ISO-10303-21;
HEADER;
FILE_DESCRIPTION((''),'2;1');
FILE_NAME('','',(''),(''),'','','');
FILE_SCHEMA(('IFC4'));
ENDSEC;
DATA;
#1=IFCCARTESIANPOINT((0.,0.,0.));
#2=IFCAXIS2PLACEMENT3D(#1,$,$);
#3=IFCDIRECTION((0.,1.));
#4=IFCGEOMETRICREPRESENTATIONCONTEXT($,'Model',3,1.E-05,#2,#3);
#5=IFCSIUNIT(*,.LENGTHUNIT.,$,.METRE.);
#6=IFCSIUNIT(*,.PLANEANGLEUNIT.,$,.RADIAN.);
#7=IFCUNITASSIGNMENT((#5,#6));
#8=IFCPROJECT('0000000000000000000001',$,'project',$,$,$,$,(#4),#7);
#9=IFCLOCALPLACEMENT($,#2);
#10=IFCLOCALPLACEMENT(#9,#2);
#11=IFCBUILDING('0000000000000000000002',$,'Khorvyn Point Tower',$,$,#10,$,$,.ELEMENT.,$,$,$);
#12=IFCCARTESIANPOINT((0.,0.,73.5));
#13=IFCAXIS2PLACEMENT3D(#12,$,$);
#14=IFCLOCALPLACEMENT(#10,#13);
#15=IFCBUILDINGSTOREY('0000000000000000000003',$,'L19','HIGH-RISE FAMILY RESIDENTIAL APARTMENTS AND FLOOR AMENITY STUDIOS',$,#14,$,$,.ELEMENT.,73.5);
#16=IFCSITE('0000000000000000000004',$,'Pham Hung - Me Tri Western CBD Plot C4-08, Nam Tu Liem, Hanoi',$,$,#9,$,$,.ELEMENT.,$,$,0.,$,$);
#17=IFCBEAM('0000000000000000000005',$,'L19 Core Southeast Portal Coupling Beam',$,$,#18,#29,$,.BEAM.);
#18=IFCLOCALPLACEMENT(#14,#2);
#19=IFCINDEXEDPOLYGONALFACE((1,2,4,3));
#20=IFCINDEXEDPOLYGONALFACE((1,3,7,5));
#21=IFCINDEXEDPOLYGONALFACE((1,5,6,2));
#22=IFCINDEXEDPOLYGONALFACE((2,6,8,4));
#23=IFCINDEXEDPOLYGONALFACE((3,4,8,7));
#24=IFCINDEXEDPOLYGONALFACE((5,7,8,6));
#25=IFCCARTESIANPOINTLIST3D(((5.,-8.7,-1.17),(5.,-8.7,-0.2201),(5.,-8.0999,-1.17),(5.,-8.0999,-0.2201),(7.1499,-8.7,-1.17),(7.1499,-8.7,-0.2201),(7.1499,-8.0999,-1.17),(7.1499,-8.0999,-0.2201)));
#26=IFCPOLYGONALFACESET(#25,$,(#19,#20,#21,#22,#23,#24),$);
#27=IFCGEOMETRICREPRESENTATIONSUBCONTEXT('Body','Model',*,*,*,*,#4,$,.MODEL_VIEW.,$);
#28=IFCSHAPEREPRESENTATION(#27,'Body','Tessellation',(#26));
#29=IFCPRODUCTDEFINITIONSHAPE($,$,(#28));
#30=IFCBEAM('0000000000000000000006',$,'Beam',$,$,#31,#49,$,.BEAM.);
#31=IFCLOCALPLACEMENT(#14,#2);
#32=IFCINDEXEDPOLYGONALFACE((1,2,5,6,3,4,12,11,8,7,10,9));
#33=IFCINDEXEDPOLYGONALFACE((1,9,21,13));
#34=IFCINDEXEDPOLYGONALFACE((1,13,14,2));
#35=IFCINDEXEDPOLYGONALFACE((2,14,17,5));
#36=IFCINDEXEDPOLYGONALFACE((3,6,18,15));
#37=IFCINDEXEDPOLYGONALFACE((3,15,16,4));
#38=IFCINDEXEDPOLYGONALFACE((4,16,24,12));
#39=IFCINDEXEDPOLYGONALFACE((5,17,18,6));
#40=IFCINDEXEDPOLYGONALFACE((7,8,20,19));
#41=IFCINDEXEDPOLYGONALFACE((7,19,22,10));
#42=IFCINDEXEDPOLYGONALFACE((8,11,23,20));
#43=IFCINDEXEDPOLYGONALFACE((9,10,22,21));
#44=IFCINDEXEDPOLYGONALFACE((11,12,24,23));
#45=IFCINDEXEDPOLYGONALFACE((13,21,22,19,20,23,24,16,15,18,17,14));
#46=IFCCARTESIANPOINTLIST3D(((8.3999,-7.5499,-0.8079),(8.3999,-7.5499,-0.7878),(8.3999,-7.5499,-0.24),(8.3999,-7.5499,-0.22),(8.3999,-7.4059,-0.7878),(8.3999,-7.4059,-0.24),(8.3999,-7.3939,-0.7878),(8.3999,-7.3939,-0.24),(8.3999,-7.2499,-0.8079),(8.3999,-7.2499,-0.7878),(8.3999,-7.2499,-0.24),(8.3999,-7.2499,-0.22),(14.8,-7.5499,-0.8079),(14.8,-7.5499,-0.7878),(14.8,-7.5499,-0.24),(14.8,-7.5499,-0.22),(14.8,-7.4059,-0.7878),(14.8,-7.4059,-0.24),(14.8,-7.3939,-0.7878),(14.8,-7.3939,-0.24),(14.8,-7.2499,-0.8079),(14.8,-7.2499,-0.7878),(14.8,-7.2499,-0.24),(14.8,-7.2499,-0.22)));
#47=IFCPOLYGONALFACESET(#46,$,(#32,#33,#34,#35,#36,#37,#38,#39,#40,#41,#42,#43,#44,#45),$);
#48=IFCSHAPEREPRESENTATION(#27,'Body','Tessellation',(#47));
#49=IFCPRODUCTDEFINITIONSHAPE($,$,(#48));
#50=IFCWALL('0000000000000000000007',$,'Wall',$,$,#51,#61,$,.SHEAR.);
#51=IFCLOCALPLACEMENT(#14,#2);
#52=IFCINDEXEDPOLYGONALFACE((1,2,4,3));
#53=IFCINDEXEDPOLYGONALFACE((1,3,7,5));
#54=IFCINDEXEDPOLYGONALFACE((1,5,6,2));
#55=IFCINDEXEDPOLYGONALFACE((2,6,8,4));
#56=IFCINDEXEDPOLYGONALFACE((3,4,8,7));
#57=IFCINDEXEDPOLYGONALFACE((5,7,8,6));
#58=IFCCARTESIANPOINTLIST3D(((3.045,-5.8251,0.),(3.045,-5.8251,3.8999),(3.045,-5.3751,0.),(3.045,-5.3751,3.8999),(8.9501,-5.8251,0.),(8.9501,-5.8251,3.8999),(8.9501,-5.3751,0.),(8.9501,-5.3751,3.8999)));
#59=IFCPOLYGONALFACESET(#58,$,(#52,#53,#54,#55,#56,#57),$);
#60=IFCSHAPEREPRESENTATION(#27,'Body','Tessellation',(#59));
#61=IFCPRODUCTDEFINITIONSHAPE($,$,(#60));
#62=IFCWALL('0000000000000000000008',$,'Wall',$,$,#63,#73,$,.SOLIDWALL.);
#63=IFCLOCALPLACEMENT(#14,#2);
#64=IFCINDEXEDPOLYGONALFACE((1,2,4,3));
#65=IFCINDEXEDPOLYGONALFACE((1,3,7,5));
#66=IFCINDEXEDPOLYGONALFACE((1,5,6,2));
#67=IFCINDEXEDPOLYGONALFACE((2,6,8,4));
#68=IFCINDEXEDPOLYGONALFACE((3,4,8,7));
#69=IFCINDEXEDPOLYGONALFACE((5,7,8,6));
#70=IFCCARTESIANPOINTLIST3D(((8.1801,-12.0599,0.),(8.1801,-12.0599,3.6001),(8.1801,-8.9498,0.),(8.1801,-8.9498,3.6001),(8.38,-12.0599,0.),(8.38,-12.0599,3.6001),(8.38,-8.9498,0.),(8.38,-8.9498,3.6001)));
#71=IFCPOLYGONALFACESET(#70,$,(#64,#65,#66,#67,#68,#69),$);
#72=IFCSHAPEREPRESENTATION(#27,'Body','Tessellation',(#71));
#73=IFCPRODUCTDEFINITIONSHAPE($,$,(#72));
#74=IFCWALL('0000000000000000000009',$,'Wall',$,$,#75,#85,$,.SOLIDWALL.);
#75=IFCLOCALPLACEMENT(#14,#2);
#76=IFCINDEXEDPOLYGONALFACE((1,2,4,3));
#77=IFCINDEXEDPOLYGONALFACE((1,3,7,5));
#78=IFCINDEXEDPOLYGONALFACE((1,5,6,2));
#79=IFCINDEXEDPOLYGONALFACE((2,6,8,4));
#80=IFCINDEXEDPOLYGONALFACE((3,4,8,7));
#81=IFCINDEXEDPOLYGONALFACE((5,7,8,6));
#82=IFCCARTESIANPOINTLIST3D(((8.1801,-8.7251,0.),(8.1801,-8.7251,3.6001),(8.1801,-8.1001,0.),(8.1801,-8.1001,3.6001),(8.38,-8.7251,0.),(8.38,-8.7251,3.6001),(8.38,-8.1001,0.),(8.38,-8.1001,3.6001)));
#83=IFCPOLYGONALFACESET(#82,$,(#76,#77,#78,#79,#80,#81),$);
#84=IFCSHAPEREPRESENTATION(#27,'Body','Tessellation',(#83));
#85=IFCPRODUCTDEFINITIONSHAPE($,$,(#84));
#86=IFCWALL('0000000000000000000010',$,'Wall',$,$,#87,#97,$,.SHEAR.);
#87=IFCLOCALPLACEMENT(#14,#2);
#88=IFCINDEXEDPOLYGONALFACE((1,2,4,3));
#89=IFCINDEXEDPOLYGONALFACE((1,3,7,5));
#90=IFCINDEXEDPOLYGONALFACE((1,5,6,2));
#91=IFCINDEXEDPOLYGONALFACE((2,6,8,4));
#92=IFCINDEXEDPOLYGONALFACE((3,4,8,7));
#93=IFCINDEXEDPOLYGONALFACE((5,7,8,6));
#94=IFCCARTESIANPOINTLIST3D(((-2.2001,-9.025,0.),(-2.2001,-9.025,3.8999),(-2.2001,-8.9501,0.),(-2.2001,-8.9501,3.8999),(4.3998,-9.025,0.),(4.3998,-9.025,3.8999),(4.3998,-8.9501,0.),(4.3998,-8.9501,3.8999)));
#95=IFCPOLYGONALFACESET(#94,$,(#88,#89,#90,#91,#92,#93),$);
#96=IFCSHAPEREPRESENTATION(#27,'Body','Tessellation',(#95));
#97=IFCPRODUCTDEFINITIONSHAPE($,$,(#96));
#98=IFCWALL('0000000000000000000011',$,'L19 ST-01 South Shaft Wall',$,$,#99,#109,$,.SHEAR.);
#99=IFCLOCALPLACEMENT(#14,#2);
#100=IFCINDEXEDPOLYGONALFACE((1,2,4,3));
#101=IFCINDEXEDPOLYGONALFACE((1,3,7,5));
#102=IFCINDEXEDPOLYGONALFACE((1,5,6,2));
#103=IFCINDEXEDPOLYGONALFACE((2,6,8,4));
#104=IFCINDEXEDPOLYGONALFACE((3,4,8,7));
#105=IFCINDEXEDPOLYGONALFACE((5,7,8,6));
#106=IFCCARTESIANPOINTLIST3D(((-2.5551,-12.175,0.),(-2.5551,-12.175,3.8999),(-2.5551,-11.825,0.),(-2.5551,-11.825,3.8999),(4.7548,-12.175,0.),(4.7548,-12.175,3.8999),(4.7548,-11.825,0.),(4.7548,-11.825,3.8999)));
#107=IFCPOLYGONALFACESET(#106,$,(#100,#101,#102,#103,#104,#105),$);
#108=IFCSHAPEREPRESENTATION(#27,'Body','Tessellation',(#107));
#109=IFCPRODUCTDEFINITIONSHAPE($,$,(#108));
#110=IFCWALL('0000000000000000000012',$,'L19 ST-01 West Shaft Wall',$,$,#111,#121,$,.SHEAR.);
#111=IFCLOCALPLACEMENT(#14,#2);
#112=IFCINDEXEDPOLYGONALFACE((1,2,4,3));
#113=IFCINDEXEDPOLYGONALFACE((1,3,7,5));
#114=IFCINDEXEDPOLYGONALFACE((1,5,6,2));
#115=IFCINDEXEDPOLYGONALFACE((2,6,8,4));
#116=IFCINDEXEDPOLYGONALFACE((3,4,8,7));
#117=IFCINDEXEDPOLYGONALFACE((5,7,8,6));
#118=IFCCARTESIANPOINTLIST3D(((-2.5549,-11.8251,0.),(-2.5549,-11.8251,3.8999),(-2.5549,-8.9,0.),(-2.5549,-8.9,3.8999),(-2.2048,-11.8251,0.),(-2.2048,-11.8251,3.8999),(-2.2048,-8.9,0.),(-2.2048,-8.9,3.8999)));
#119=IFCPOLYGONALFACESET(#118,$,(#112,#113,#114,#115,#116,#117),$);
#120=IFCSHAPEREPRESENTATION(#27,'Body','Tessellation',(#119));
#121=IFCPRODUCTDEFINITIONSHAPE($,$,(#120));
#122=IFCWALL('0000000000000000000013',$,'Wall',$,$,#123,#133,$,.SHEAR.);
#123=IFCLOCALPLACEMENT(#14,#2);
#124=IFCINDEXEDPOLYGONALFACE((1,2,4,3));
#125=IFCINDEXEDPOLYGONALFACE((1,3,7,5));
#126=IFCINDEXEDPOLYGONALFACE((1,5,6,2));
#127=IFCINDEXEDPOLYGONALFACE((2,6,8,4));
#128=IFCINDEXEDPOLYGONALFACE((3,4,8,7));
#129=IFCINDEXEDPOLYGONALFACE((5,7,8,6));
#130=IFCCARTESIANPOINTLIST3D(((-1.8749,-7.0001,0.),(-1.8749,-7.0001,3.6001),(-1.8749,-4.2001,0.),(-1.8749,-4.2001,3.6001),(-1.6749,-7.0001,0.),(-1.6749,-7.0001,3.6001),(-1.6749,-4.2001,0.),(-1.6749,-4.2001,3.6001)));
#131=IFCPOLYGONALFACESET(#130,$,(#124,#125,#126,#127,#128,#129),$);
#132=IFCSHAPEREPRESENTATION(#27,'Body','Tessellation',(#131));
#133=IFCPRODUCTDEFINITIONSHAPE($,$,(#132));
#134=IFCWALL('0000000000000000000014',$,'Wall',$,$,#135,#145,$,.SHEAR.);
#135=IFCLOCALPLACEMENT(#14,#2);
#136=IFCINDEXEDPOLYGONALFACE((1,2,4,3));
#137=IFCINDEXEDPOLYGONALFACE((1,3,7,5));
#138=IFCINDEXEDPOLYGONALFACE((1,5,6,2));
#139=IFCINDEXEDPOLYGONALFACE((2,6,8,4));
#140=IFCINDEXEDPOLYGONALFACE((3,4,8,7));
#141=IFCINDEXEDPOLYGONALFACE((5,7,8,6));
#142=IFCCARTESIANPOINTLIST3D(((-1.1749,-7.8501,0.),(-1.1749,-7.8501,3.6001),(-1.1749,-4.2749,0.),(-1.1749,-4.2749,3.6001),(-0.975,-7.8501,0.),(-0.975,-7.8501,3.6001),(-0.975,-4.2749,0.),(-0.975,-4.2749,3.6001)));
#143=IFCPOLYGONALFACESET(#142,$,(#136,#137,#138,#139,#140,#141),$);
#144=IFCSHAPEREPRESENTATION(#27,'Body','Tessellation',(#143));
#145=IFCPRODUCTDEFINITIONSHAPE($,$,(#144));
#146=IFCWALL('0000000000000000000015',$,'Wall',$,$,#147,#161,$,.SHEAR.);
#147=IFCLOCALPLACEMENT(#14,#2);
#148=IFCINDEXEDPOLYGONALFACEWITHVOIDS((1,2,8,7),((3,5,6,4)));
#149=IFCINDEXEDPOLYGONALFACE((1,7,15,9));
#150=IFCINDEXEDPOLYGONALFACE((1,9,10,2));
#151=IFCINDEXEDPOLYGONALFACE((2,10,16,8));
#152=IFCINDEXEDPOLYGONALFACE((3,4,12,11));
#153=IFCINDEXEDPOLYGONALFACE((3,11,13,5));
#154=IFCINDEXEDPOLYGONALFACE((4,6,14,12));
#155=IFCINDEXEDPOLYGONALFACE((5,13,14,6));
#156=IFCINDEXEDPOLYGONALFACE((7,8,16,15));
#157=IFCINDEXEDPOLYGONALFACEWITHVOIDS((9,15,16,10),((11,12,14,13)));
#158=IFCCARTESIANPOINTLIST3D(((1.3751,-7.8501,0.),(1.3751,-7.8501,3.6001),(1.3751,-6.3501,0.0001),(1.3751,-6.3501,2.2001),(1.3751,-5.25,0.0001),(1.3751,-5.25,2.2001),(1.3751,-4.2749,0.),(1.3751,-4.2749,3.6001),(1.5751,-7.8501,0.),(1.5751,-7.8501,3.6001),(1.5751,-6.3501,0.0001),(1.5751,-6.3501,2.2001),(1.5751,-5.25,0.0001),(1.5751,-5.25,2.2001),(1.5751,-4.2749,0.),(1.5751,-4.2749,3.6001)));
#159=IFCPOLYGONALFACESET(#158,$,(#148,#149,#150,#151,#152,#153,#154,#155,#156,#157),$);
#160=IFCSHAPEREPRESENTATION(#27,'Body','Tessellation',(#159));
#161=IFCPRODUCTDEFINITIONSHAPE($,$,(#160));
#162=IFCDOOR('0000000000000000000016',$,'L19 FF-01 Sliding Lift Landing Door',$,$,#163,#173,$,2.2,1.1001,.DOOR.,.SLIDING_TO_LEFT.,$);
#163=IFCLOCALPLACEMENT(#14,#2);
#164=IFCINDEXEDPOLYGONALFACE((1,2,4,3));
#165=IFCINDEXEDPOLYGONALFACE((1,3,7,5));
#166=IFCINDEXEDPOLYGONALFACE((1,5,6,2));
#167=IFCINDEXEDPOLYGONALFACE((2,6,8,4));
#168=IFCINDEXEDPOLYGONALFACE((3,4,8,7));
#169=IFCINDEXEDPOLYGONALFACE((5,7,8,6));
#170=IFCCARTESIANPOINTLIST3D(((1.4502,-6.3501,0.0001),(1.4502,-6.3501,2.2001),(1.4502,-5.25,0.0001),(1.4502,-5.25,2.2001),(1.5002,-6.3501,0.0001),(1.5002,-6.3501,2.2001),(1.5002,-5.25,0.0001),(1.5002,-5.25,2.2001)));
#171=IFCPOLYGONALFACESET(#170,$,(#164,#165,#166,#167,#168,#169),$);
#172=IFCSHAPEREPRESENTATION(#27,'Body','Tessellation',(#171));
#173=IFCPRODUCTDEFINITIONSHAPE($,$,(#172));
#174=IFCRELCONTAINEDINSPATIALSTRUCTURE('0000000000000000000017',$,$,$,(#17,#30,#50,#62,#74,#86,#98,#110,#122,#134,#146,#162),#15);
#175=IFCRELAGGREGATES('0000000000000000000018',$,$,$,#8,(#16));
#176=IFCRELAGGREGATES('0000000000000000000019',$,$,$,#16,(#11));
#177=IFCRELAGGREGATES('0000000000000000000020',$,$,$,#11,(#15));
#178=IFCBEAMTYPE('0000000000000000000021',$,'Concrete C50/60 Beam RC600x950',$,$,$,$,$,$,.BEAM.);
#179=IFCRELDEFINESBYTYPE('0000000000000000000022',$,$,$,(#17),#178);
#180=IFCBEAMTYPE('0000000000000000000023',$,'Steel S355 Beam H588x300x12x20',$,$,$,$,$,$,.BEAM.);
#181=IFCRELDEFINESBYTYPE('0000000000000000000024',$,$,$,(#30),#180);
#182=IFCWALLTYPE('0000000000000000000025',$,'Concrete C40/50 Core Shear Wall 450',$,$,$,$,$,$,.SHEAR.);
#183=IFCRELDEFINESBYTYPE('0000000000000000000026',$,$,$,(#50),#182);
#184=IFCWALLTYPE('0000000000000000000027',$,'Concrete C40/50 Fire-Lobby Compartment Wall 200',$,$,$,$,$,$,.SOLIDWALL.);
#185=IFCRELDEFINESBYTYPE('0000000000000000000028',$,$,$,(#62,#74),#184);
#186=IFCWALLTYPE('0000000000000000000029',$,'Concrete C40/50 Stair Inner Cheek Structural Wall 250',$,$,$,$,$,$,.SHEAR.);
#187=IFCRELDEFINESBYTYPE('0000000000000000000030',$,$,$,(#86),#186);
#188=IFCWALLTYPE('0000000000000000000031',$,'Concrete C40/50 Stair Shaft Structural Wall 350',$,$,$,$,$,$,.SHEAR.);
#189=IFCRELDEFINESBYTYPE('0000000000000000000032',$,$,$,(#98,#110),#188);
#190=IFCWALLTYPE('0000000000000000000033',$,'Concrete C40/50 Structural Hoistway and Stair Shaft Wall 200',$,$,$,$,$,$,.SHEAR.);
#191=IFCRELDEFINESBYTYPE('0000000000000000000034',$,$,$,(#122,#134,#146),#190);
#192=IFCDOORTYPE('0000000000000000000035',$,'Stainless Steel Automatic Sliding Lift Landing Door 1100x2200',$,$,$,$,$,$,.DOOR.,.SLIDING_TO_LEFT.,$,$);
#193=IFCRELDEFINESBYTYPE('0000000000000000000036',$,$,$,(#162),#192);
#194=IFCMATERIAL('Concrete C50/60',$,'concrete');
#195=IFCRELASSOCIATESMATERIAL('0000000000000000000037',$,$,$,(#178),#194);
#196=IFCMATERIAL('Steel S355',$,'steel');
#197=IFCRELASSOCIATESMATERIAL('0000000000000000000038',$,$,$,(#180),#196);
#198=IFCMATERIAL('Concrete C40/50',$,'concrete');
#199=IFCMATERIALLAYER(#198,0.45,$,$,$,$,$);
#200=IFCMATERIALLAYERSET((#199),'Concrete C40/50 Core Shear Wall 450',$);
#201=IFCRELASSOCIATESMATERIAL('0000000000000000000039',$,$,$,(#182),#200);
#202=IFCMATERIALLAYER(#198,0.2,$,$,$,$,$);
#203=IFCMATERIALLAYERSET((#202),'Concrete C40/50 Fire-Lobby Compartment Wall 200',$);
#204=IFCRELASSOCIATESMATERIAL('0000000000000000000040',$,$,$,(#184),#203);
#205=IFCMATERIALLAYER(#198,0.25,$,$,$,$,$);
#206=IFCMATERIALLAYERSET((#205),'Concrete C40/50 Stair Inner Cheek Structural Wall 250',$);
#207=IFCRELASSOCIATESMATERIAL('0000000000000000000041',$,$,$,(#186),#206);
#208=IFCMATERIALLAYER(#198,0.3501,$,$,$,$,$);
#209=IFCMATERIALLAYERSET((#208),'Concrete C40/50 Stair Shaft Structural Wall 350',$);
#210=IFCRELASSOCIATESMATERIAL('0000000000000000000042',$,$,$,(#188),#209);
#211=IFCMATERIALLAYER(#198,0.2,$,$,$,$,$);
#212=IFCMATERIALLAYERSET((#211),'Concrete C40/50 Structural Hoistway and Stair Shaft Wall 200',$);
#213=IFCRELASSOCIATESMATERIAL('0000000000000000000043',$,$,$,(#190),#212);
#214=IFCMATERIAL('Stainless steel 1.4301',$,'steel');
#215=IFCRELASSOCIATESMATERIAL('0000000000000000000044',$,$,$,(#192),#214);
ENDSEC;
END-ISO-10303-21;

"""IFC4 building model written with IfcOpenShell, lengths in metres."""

from ifc_helpers import new_model, si_unit, direction, frame, frame_2d, origin, origin_2d, place, context, subcontext, project, spatial, rectangle, i_section, extrude, material, layer, layer_set, material_profile, profile_set, type_object, element, fill, save


model = new_model("IFC4")

# Units and contexts
model_context = context("Model", 3, precision=1e-05, world=origin(), true_north=direction((0.0, 1.0)))
body_context = subcontext(model_context, "Body", "Model", "MODEL_VIEW")
ifc_project = project(units=[si_unit("LENGTHUNIT", "METRE"), si_unit("PLANEANGLEUNIT", "RADIAN")], contexts=[model_context])

# Site, building, storey
site_placement = place(None, origin())
site = spatial("IfcSite", under=ifc_project, at=site_placement, Name="Pham Hung - Me Tri Western CBD Plot C4-08, Nam Tu Liem, Hanoi", CompositionType="ELEMENT", RefElevation=0.0)
building_placement = place(site_placement, origin())
building = spatial("IfcBuilding", under=site, at=building_placement, Name="Khorvyn Point Tower", CompositionType="ELEMENT")
storey_placement = place(building_placement, frame((0.0, 0.0, 73.5)))
storey = spatial("IfcBuildingStorey", under=building, at=storey_placement, Name="L19", Description="HIGH-RISE FAMILY RESIDENTIAL APARTMENTS AND FLOOR AMENITY STUDIOS", CompositionType="ELEMENT", Elevation=73.5)

# Beams
ifc_material_1 = material(Name="Concrete C50/60", Category="concrete")
ifc_material_profile_1 = material_profile(ifc_material_1, rectangle(XDim=0.6001, YDim=0.95, at=origin_2d()))
ifc_profile_set_1 = profile_set([ifc_material_profile_1], Name="Concrete C50/60 RC600x950")
beam_type_1 = type_object("IfcBeamType", Name="Concrete C50/60 Beam RC600x950", PredefinedType="BEAM", material=ifc_profile_set_1)
beam_1_placement = place(storey_placement, frame((5.0, -8.3999, -0.6951), z_axis=(1.0, 0.0, 0.0), x_axis=(0.0, 1.0, 0.0)))
element("IfcBeam", 1, at=beam_1_placement, inside=storey, type_object=beam_type_1, Name="L19 Core Southeast Portal Coupling Beam", PredefinedType="BEAM", context=body_context, shape_type="SweptSolid", body=[
    extrude(rectangle(XDim=0.6001, YDim=0.95, at=origin_2d()), origin(), (0.0, 0.0, 1.0), 2.1499),
])
ifc_material_2 = material(Name="Steel S355", Category="steel")
ifc_material_profile_2 = material_profile(ifc_material_2, i_section(OverallWidth=0.3, OverallDepth=0.5879, WebThickness=0.012, FlangeThickness=0.02, at=origin_2d()))
ifc_profile_set_2 = profile_set([ifc_material_profile_2], Name="Steel S355 H588x300x12x20")
beam_type_2 = type_object("IfcBeamType", Name="Steel S355 Beam H588x300x12x20", PredefinedType="BEAM", material=ifc_profile_set_2)
beam_2_placement = place(storey_placement, frame((8.3999, -7.3999, -0.5139), z_axis=(1.0, 0.0, 0.0), x_axis=(0.0, 1.0, 0.0)))
element("IfcBeam", 2, at=beam_2_placement, inside=storey, type_object=beam_type_2, Name="Beam", PredefinedType="BEAM", context=body_context, shape_type="SweptSolid", body=[
    extrude(i_section(OverallWidth=0.3, OverallDepth=0.5879, WebThickness=0.012, FlangeThickness=0.02, at=origin_2d()), origin(), (0.0, 0.0, 1.0), 6.4001),
])

# Wall
ifc_material_3 = material(Name="Concrete C40/50", Category="concrete")
ifc_layer_1 = layer(ifc_material_3, 0.45)
ifc_layer_set_1 = layer_set([ifc_layer_1], Name="Concrete C40/50 Core Shear Wall 450")
wall_type_1 = type_object("IfcWallType", Name="Concrete C40/50 Core Shear Wall 450", PredefinedType="SHEAR", material=ifc_layer_set_1)
wall_1_placement = place(storey_placement, frame((3.0449, -5.6001, 0.0), z_axis=(0.0, 0.0, 1.0), x_axis=(1.0, 0.0, 0.0)))
element("IfcWall", 3, at=wall_1_placement, inside=storey, type_object=wall_type_1, Name="Wall", PredefinedType="SHEAR", context=body_context, shape_type="SweptSolid", body=[
    extrude(rectangle(XDim=5.905, YDim=0.45, at=frame_2d((2.9526, 0.0))), origin(), (0.0, 0.0, 1.0), 3.8999),
])

# Shared definitions
ifc_layer_2 = layer(ifc_material_3, 0.2)
ifc_layer_set_2 = layer_set([ifc_layer_2], Name="Concrete C40/50 Fire-Lobby Compartment Wall 200")
wall_type_2 = type_object("IfcWallType", Name="Concrete C40/50 Fire-Lobby Compartment Wall 200", PredefinedType="SOLIDWALL", material=ifc_layer_set_2)

# Walls
wall_2_placement = place(storey_placement, frame((8.28, -12.0601, 0.0), z_axis=(0.0, 0.0, 1.0), x_axis=(0.0, 1.0, 0.0)))
element("IfcWall", 4, at=wall_2_placement, inside=storey, type_object=wall_type_2, Name="Wall", PredefinedType="SOLIDWALL", context=body_context, shape_type="SweptSolid", body=[
    extrude(rectangle(XDim=3.1101, YDim=0.2, at=frame_2d((1.5552, 0.0))), origin(), (0.0, 0.0, 1.0), 3.6001),
])
wall_3_placement = place(storey_placement, frame((8.28, -8.7251, 0.0), z_axis=(0.0, 0.0, 1.0), x_axis=(0.0, 1.0, 0.0)))
element("IfcWall", 5, at=wall_3_placement, inside=storey, type_object=wall_type_2, Name="Wall", PredefinedType="SOLIDWALL", context=body_context, shape_type="SweptSolid", body=[
    extrude(rectangle(XDim=0.625, YDim=0.2, at=frame_2d((0.3125, 0.0))), origin(), (0.0, 0.0, 1.0), 3.6001),
])
ifc_layer_3 = layer(ifc_material_3, 0.25)
ifc_layer_set_3 = layer_set([ifc_layer_3], Name="Concrete C40/50 Stair Inner Cheek Structural Wall 250")
wall_type_3 = type_object("IfcWallType", Name="Concrete C40/50 Stair Inner Cheek Structural Wall 250", PredefinedType="SHEAR", material=ifc_layer_set_3)
wall_4_placement = place(storey_placement, frame((-2.2, -8.9875, 0.0), z_axis=(0.0, 0.0, 1.0), x_axis=(1.0, 0.0, 0.0)))
element("IfcWall", 6, at=wall_4_placement, inside=storey, type_object=wall_type_3, Name="Wall", PredefinedType="SHEAR", context=body_context, shape_type="SweptSolid", body=[
    extrude(rectangle(XDim=6.5999, YDim=0.075, at=frame_2d((3.2998, 0.0))), origin(), (0.0, 0.0, 1.0), 3.8999),
])
ifc_layer_4 = layer(ifc_material_3, 0.3501)
ifc_layer_set_4 = layer_set([ifc_layer_4], Name="Concrete C40/50 Stair Shaft Structural Wall 350")
wall_type_4 = type_object("IfcWallType", Name="Concrete C40/50 Stair Shaft Structural Wall 350", PredefinedType="SHEAR", material=ifc_layer_set_4)
wall_5_placement = place(storey_placement, frame((-2.5549, -12.0, 0.0), z_axis=(0.0, 0.0, 1.0), x_axis=(1.0, 0.0, 0.0)))
element("IfcWall", 7, at=wall_5_placement, inside=storey, type_object=wall_type_4, Name="L19 ST-01 South Shaft Wall", PredefinedType="SHEAR", context=body_context, shape_type="SweptSolid", body=[
    extrude(rectangle(XDim=7.3098, YDim=0.3501, at=frame_2d((3.6548, 0.0))), origin(), (0.0, 0.0, 1.0), 3.8999),
])
wall_6_placement = place(storey_placement, frame((-2.3799, -11.825, 0.0), z_axis=(0.0, 0.0, 1.0), x_axis=(0.0, 1.0, 0.0)))
element("IfcWall", 8, at=wall_6_placement, inside=storey, type_object=wall_type_4, Name="L19 ST-01 West Shaft Wall", PredefinedType="SHEAR", context=body_context, shape_type="SweptSolid", body=[
    extrude(rectangle(XDim=2.925, YDim=0.3501, at=frame_2d((1.4624, 0.0))), origin(), (0.0, 0.0, 1.0), 3.8999),
])

# Walls
ifc_layer_5 = layer(ifc_material_3, 0.2)
ifc_layer_set_5 = layer_set([ifc_layer_5], Name="Concrete C40/50 Structural Hoistway and Stair Shaft Wall 200")
wall_type_5 = type_object("IfcWallType", Name="Concrete C40/50 Structural Hoistway and Stair Shaft Wall 200", PredefinedType="SHEAR", material=ifc_layer_set_5)
wall_7_placement = place(storey_placement, frame((-1.7749, -7.0, 0.0), z_axis=(0.0, 0.0, 1.0), x_axis=(0.0, 1.0, 0.0)))
element("IfcWall", 9, at=wall_7_placement, inside=storey, type_object=wall_type_5, Name="Wall", PredefinedType="SHEAR", context=body_context, shape_type="SweptSolid", body=[
    extrude(rectangle(XDim=2.8, YDim=0.2, at=frame_2d((1.3999, 0.0))), origin(), (0.0, 0.0, 1.0), 3.6001),
])
wall_8_placement = place(storey_placement, frame((-1.075, -7.8501, 0.0), z_axis=(0.0, 0.0, 1.0), x_axis=(0.0, 1.0, 0.0)))
element("IfcWall", 10, at=wall_8_placement, inside=storey, type_object=wall_type_5, Name="Wall", PredefinedType="SHEAR", context=body_context, shape_type="SweptSolid", body=[
    extrude(rectangle(XDim=3.5752, YDim=0.2, at=frame_2d((1.7876, 0.0))), origin(), (0.0, 0.0, 1.0), 3.6001),
])

# Wall, opening, door
wall_9_placement = place(storey_placement, frame((1.4751, -7.8501, 0.0), z_axis=(0.0, 0.0, 1.0), x_axis=(0.0, 1.0, 0.0)))
wall_9 = element("IfcWall", 11, at=wall_9_placement, inside=storey, type_object=wall_type_5, Name="Wall", PredefinedType="SHEAR", context=body_context, shape_type="SweptSolid", body=[
    extrude(rectangle(XDim=3.5752, YDim=0.2, at=frame_2d((1.7876, 0.0))), origin(), (0.0, 0.0, 1.0), 3.6001),
])
opening_1_placement = place(wall_9_placement, frame((1.5, 0.0, 0.0)))
opening_1 = element("IfcOpeningElement", 12, at=opening_1_placement, cuts=wall_9, PredefinedType="OPENING", context=body_context, shape_type="SweptSolid", body=[
    extrude(rectangle(XDim=1.1001, YDim=2.2, at=frame_2d((0.55, 1.1001))), frame((0.0, 0.1099, 0.0), z_axis=(0.0, -1.0, 0.0), x_axis=(1.0, 0.0, 0.0)), (0.0, 0.0, 1.0), 0.22),
])
ifc_material_4 = material(Name="Stainless steel 1.4301", Category="steel")
door_type_1 = type_object("IfcDoorType", Name="Stainless Steel Automatic Sliding Lift Landing Door 1100x2200", OperationType="SLIDING_TO_LEFT", PredefinedType="DOOR", material=ifc_material_4)
door_1_placement = place(opening_1_placement, origin())
door_1 = element("IfcDoor", 13, at=door_1_placement, inside=storey, type_object=door_type_1, Name="L19 FF-01 Sliding Lift Landing Door", OperationType="SLIDING_TO_LEFT", OverallHeight=2.2, OverallWidth=1.1001, PredefinedType="DOOR", context=body_context, shape_type="SweptSolid", body=[
    extrude(rectangle(XDim=1.1001, YDim=2.2, at=frame_2d((0.55, 1.1001))), frame((0.0, 0.0249, 0.0), z_axis=(0.0, -1.0, 0.0), x_axis=(1.0, 0.0, 0.0)), (0.0, 0.0, 1.0), 0.05),
])
fill(opening_1, door_1)

save(model, "model.ifc")
